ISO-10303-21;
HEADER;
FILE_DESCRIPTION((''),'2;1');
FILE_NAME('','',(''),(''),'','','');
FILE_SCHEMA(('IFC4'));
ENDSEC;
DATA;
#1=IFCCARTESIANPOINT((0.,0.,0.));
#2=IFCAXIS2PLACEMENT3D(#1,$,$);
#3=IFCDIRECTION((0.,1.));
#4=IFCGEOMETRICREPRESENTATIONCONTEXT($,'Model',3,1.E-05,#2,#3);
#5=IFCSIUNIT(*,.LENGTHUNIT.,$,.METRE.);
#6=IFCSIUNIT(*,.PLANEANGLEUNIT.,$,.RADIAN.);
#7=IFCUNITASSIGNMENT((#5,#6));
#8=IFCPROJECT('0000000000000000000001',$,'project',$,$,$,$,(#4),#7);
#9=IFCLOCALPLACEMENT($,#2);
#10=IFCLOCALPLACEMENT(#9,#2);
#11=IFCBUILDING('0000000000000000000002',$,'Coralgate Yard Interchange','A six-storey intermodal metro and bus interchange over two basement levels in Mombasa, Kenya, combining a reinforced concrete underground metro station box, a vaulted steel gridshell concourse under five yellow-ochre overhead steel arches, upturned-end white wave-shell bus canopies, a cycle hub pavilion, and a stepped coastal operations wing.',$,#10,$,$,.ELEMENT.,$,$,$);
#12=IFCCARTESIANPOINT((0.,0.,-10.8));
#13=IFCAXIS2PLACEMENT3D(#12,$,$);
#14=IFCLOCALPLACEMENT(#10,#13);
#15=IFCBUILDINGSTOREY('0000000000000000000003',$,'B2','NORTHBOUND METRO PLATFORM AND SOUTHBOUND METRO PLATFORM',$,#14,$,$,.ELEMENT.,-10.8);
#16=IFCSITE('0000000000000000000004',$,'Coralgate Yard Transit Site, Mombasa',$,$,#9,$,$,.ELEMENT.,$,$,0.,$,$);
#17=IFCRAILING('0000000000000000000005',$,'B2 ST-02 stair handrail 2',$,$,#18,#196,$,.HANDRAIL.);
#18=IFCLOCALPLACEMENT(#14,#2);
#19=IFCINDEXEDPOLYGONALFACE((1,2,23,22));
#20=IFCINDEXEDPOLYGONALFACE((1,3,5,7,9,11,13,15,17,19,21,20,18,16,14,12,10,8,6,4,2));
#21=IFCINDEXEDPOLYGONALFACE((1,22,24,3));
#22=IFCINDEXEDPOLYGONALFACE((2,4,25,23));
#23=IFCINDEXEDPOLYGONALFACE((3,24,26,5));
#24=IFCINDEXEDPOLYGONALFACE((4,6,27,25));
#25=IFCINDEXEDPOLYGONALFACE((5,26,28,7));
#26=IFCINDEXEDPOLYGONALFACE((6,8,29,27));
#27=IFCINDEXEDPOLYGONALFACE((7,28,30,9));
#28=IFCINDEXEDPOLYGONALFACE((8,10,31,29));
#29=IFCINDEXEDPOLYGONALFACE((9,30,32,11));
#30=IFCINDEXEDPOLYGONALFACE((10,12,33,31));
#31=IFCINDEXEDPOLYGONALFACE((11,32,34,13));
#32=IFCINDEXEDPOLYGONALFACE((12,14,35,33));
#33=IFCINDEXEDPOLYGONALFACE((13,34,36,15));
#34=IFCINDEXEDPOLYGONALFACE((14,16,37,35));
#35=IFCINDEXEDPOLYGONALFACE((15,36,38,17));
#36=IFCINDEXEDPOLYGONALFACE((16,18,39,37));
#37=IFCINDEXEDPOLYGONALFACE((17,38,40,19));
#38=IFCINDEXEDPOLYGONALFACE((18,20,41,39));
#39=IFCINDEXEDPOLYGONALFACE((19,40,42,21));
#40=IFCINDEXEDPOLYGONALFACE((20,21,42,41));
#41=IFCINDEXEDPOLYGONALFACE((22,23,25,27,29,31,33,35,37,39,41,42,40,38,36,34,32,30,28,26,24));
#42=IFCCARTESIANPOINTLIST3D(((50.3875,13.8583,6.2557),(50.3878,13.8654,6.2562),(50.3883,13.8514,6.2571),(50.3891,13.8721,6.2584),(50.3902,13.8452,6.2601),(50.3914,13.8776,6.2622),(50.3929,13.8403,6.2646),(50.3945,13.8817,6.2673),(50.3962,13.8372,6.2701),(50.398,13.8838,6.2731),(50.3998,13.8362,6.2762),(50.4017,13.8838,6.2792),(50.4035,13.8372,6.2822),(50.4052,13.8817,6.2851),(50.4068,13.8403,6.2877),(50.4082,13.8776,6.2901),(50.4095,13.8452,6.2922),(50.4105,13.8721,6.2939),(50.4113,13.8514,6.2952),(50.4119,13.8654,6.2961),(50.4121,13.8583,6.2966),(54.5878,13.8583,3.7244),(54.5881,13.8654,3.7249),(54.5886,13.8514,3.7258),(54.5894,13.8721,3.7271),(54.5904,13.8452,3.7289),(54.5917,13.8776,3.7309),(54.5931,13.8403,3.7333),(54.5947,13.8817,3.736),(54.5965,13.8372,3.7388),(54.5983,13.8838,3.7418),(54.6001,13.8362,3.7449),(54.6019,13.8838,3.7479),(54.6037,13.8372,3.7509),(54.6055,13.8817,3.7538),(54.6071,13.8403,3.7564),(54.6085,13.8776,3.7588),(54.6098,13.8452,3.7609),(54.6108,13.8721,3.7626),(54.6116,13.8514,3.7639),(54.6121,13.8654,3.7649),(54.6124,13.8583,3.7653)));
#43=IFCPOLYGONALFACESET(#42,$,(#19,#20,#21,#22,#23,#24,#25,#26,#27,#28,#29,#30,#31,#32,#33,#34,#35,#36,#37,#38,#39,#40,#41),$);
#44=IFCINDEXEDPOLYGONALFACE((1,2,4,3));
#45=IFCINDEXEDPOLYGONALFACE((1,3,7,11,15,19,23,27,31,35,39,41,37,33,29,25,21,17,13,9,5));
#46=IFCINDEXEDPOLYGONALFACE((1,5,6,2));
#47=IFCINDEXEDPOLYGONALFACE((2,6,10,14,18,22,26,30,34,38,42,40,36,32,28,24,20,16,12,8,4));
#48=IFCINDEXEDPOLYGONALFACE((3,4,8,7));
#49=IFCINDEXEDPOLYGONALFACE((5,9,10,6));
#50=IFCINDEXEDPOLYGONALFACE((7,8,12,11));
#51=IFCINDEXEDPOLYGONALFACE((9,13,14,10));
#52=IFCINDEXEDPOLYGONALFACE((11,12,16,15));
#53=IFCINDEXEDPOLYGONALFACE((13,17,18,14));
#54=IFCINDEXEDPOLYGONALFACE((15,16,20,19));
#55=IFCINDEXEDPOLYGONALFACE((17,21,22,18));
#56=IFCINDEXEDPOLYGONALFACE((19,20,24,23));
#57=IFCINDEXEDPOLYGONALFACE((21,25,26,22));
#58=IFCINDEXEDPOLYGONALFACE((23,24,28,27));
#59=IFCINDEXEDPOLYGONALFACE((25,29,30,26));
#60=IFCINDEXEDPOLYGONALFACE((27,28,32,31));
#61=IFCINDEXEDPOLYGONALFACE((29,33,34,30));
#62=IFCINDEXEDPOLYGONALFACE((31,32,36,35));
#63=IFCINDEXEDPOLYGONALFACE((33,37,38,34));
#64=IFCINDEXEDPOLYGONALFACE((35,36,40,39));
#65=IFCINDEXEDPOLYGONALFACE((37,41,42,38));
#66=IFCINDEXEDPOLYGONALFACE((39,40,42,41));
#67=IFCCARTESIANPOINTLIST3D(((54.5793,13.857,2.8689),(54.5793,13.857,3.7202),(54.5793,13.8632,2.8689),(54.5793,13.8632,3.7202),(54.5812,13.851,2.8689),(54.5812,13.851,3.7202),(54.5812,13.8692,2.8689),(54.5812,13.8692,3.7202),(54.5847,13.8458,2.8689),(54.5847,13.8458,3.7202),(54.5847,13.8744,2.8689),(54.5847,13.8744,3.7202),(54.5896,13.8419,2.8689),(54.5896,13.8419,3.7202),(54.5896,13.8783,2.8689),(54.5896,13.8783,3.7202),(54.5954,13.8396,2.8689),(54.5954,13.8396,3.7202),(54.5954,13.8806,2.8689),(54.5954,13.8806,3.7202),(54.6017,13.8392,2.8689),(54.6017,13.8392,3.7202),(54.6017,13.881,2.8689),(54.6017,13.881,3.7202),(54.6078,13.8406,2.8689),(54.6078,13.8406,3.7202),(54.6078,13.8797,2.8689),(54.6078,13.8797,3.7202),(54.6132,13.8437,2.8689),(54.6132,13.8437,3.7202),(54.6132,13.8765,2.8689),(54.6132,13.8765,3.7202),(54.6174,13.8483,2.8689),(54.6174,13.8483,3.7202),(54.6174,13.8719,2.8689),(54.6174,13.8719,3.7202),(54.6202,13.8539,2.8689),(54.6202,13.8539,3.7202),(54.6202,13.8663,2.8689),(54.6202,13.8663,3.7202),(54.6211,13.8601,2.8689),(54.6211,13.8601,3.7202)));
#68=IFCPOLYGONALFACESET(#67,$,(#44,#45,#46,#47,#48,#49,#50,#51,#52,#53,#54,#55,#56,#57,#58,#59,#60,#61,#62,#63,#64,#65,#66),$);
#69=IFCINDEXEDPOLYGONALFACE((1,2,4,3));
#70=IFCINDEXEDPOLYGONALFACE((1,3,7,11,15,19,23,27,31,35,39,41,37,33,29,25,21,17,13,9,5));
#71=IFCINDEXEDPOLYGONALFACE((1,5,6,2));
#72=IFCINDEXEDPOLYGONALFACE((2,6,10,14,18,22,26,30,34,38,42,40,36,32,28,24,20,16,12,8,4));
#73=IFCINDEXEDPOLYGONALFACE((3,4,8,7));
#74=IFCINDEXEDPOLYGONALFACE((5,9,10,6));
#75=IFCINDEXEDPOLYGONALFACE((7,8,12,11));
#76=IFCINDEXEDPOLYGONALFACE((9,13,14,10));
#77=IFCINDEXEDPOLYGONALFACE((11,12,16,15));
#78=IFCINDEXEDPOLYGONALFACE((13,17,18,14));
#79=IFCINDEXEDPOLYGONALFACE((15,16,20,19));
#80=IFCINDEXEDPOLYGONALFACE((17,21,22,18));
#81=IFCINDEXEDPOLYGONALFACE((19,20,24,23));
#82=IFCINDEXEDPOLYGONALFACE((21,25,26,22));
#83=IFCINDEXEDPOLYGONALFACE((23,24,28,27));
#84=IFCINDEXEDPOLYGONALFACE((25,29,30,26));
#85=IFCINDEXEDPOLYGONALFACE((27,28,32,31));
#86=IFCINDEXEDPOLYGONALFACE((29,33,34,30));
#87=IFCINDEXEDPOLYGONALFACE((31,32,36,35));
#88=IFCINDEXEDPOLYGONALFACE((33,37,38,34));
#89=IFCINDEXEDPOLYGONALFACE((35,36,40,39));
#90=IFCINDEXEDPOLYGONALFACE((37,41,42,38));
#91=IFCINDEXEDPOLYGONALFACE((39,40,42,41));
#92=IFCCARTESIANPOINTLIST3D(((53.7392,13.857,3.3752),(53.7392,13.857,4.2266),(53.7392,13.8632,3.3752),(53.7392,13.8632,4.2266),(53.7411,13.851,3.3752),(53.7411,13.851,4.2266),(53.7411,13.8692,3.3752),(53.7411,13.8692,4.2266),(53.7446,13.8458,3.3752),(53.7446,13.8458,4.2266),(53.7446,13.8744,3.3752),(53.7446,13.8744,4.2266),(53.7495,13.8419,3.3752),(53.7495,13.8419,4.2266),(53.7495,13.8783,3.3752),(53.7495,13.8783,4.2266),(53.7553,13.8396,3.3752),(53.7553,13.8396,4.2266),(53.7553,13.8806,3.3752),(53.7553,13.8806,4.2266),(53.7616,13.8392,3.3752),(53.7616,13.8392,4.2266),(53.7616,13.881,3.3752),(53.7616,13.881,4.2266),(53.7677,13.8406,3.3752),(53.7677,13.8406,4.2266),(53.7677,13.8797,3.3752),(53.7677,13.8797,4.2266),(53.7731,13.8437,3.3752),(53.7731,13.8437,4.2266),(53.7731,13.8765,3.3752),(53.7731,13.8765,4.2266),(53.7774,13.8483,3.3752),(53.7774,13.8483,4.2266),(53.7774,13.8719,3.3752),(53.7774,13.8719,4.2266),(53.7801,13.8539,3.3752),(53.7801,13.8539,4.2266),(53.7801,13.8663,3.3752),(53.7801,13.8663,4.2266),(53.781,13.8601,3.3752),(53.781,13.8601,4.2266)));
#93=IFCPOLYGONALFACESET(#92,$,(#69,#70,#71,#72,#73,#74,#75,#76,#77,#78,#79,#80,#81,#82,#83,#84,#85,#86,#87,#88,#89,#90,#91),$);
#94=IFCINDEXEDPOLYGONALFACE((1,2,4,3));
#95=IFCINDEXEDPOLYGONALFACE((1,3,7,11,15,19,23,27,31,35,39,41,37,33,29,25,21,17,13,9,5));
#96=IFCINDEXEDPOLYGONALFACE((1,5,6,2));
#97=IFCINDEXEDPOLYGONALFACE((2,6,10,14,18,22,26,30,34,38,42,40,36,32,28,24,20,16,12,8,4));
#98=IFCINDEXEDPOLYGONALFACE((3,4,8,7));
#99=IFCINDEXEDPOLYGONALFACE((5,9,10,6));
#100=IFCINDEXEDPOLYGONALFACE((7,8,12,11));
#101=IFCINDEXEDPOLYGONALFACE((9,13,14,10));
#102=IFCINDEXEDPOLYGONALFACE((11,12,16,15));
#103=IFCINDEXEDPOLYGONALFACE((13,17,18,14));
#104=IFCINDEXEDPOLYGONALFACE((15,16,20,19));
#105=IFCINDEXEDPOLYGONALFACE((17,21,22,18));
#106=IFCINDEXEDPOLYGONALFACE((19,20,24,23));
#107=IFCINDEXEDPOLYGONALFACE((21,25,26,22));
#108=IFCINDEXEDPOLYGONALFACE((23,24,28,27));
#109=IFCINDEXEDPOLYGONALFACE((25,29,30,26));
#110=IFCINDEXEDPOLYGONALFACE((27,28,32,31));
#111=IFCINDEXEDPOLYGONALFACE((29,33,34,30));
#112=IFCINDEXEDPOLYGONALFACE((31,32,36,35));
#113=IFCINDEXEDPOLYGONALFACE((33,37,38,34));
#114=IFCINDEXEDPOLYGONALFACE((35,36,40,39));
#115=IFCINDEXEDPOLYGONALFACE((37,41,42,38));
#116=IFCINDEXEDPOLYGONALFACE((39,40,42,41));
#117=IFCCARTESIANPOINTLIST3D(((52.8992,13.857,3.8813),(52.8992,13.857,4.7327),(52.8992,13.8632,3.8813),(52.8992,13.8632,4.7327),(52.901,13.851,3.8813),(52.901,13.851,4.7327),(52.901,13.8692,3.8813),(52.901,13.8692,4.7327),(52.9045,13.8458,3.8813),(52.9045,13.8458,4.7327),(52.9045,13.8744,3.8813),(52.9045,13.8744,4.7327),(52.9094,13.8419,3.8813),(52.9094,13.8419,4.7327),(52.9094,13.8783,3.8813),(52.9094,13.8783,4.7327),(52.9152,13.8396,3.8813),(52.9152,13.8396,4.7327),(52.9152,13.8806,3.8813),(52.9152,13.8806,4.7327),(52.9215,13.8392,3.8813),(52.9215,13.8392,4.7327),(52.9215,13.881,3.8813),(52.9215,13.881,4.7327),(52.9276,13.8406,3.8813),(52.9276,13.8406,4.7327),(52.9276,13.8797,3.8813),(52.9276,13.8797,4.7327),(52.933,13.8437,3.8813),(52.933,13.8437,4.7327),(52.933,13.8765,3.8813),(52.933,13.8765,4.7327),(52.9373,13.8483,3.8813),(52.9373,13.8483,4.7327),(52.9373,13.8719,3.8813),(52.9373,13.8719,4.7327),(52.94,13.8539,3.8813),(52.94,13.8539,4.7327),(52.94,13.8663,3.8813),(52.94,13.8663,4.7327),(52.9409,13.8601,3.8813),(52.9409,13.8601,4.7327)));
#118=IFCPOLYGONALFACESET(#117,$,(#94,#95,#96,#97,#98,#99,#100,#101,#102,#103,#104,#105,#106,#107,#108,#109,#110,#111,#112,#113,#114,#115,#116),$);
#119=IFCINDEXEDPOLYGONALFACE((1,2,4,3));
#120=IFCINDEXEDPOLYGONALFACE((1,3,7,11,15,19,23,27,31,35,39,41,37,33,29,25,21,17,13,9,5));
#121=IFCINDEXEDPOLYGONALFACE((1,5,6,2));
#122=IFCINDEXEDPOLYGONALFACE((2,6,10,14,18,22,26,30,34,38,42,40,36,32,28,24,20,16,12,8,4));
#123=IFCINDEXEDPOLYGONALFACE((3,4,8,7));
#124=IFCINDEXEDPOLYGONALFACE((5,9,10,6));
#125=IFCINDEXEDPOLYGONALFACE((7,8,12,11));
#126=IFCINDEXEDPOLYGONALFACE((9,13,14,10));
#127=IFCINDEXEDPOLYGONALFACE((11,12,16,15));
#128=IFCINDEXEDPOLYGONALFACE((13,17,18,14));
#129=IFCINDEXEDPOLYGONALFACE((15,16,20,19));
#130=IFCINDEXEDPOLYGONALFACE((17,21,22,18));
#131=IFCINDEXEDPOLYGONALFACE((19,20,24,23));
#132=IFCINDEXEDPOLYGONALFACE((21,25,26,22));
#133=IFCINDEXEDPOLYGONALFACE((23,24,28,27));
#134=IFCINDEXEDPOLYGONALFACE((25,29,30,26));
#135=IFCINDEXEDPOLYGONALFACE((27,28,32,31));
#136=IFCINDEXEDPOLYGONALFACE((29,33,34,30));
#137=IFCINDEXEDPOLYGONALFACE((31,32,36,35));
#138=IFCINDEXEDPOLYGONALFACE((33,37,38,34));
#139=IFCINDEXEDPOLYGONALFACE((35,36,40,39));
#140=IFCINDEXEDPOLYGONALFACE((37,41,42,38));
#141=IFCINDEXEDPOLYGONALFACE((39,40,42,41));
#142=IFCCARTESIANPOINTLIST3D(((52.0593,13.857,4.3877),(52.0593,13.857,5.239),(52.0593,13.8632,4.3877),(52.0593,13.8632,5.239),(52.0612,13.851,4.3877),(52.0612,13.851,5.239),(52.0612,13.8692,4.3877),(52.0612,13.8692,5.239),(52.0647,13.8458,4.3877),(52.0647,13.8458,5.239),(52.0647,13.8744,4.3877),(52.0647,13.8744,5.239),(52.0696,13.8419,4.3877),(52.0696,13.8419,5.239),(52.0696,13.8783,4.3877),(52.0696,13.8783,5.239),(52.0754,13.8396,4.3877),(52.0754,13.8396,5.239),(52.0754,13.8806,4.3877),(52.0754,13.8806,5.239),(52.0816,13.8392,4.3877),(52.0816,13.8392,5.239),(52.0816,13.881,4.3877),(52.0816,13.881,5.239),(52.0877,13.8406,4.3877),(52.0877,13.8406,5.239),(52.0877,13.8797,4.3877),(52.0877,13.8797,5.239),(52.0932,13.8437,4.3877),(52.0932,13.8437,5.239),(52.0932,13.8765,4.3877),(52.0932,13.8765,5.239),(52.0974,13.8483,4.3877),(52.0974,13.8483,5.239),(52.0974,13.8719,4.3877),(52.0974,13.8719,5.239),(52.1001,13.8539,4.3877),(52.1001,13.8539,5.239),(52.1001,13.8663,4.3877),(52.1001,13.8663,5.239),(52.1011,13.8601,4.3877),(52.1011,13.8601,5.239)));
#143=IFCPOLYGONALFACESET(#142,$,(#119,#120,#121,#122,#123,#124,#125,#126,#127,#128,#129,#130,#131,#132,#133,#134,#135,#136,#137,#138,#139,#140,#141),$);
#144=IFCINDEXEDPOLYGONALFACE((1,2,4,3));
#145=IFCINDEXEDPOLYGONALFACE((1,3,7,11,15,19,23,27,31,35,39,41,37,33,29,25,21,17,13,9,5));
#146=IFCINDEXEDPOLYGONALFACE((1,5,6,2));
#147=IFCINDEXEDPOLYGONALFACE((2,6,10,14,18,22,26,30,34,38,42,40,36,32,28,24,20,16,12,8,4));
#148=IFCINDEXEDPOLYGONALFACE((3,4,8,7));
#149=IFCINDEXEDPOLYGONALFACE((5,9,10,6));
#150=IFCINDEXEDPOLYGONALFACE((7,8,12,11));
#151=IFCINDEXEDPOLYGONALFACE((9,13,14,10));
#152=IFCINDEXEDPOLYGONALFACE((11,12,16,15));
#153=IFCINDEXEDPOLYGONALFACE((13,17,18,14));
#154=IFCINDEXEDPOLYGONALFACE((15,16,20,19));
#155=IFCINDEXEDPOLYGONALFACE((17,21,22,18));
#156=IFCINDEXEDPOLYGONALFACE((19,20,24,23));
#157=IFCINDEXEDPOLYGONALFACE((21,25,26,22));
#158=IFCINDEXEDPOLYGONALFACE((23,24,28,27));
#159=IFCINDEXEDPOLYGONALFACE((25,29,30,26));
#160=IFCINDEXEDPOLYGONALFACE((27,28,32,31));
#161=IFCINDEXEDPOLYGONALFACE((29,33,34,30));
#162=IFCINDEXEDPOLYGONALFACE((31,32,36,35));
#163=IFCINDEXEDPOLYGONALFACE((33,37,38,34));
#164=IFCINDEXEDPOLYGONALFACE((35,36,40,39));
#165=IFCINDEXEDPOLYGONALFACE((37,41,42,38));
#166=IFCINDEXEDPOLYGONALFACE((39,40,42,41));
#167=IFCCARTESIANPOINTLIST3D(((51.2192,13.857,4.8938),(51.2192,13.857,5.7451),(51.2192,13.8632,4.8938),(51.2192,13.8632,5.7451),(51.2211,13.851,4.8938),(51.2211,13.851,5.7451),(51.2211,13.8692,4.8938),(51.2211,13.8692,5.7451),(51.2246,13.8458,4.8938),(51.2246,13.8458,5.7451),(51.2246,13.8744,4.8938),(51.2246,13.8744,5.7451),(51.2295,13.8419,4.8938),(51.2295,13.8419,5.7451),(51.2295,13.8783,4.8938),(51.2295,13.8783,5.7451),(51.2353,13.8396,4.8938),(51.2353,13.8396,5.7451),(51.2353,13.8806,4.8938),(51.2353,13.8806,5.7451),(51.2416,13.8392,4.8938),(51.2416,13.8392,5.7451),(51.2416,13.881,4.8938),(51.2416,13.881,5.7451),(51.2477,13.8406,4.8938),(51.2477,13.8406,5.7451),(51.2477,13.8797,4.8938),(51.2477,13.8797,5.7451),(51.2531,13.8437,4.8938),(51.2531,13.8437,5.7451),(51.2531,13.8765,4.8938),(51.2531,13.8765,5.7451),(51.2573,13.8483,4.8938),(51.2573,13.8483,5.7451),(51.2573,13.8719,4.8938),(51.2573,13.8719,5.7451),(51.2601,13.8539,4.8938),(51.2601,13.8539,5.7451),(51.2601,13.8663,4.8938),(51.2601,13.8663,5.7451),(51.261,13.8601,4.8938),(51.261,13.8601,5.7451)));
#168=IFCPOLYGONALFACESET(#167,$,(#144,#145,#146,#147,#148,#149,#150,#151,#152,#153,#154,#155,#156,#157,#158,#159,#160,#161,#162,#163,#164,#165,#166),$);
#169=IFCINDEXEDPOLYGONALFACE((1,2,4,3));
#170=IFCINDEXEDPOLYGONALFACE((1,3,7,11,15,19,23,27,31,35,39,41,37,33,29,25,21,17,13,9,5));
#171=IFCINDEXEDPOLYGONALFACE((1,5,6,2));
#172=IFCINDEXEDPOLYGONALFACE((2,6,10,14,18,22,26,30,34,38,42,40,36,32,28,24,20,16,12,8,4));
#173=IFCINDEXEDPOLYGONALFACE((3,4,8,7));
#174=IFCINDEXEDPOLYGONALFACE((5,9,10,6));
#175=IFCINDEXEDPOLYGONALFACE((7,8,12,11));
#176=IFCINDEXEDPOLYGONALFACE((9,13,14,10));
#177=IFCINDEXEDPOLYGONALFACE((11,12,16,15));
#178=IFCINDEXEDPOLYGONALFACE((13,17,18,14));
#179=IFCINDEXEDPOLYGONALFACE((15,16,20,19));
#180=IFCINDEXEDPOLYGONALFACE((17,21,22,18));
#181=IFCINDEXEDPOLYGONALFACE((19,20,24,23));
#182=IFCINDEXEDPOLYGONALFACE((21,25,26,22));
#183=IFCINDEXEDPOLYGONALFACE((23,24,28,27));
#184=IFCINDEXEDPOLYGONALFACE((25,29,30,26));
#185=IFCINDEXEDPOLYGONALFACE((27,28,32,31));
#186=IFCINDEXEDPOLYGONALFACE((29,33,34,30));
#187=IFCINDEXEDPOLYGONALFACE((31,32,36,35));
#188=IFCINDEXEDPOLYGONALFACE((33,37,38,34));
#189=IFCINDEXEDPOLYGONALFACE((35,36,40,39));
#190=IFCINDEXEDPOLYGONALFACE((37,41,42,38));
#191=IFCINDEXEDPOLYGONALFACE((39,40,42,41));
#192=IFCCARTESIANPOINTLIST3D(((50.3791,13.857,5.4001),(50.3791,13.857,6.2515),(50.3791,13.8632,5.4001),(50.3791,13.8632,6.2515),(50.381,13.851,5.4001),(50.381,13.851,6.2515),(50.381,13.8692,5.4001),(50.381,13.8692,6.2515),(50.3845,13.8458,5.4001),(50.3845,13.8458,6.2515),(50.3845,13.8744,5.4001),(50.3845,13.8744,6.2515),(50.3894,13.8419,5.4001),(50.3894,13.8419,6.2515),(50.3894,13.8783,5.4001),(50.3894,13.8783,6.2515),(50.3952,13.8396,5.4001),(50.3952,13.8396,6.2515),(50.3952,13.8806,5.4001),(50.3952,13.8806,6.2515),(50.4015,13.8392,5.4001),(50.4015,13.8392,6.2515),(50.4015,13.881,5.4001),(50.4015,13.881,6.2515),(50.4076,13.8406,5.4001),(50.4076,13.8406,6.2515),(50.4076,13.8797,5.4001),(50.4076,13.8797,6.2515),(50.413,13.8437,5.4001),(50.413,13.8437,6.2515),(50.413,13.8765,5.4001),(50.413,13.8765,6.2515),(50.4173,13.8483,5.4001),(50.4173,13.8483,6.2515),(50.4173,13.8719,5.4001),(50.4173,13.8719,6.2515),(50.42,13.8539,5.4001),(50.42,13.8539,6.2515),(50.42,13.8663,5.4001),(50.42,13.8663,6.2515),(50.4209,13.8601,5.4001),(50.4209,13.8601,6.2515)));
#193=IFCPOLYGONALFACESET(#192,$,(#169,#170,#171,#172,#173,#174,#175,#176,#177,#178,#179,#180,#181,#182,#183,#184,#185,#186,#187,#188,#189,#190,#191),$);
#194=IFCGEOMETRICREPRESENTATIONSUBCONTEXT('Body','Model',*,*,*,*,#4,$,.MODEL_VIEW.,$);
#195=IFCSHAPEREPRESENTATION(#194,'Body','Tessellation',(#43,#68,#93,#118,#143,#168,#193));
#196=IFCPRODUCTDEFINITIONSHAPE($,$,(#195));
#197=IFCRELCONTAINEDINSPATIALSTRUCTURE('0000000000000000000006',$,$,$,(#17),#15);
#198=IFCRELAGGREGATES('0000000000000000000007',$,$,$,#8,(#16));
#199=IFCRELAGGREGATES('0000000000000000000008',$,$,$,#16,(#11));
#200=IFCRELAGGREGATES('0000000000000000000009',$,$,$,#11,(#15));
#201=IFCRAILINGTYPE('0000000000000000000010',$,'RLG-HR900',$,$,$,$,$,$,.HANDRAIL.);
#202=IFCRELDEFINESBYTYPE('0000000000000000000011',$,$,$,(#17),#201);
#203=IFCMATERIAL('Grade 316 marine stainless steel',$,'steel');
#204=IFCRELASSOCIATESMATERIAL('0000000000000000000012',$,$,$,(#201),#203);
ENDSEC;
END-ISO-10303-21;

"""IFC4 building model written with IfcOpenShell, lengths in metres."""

from ifc_helpers import new_model, si_unit, direction, frame, origin, origin_2d, place, context, subcontext, project, spatial, circle, extrude, material, type_object, element, save


model = new_model("IFC4")

# Units and contexts
model_context = context("Model", 3, precision=1e-05, world=origin(), true_north=direction((0.0, 1.0)))
body_context = subcontext(model_context, "Body", "Model", "MODEL_VIEW")
ifc_project = project(units=[si_unit("LENGTHUNIT", "METRE"), si_unit("PLANEANGLEUNIT", "RADIAN")], contexts=[model_context])

# Site, building, storey
site_placement = place(None, origin())
site = spatial("IfcSite", under=ifc_project, at=site_placement, Name="Coralgate Yard Transit Site, Mombasa", CompositionType="ELEMENT", RefElevation=0.0)
building_placement = place(site_placement, origin())
building = spatial("IfcBuilding", under=site, at=building_placement, Name="Coralgate Yard Interchange", Description="A six-storey intermodal metro and bus interchange over two basement levels in Mombasa, Kenya, combining a reinforced concrete underground metro station box, a vaulted steel gridshell concourse under five yellow-ochre overhead steel arches, upturned-end white wave-shell bus canopies, a cycle hub pavilion, and a stepped coastal operations wing.", CompositionType="ELEMENT")
storey_placement = place(building_placement, frame((0.0, 0.0, -10.8)))
storey = spatial("IfcBuildingStorey", under=building, at=storey_placement, Name="B2", Description="NORTHBOUND METRO PLATFORM AND SOUTHBOUND METRO PLATFORM", CompositionType="ELEMENT", Elevation=-10.8)

# Railing
ifc_material_1 = material(Name="Grade 316 marine stainless steel", Category="steel")
railing_type_1 = type_object("IfcRailingType", Name="RLG-HR900", PredefinedType="HANDRAIL", material=ifc_material_1)
railing_1_placement = place(storey_placement, frame((54.6001, 13.8601, 2.8689)))
element("IfcRailing", 1, at=railing_1_placement, inside=storey, type_object=railing_type_1, Name="B2 ST-02 stair handrail 2", PredefinedType="HANDRAIL", context=body_context, shape_type="SweptSolid", body=[
    extrude(circle(Radius=0.0239, at=origin_2d()), frame((0.0, 0.0, 0.876), z_axis=(-0.85649, 0.0, 0.516164), x_axis=(0.0, -1.0, 0.0)), (0.0, 0.0, 1.0), 4.9041),
    extrude(circle(Radius=0.021, at=origin_2d()), origin(), (0.0, 0.0, 1.0), 0.8513),
    extrude(circle(Radius=0.021, at=origin_2d()), frame((-0.8401, 0.0, 0.5063)), (0.0, 0.0, 1.0), 0.8513),
    extrude(circle(Radius=0.021, at=origin_2d()), frame((-1.6802, 0.0, 1.0125)), (0.0, 0.0, 1.0), 0.8513),
    extrude(circle(Radius=0.021, at=origin_2d()), frame((-2.52, 0.0, 1.5188)), (0.0, 0.0, 1.0), 0.8513),
    extrude(circle(Radius=0.021, at=origin_2d()), frame((-3.3601, 0.0, 2.0249)), (0.0, 0.0, 1.0), 0.8513),
    extrude(circle(Radius=0.021, at=origin_2d()), frame((-4.2002, 0.0, 2.5312)), (0.0, 0.0, 1.0), 0.8513),
])

save(model, "model.ifc")
